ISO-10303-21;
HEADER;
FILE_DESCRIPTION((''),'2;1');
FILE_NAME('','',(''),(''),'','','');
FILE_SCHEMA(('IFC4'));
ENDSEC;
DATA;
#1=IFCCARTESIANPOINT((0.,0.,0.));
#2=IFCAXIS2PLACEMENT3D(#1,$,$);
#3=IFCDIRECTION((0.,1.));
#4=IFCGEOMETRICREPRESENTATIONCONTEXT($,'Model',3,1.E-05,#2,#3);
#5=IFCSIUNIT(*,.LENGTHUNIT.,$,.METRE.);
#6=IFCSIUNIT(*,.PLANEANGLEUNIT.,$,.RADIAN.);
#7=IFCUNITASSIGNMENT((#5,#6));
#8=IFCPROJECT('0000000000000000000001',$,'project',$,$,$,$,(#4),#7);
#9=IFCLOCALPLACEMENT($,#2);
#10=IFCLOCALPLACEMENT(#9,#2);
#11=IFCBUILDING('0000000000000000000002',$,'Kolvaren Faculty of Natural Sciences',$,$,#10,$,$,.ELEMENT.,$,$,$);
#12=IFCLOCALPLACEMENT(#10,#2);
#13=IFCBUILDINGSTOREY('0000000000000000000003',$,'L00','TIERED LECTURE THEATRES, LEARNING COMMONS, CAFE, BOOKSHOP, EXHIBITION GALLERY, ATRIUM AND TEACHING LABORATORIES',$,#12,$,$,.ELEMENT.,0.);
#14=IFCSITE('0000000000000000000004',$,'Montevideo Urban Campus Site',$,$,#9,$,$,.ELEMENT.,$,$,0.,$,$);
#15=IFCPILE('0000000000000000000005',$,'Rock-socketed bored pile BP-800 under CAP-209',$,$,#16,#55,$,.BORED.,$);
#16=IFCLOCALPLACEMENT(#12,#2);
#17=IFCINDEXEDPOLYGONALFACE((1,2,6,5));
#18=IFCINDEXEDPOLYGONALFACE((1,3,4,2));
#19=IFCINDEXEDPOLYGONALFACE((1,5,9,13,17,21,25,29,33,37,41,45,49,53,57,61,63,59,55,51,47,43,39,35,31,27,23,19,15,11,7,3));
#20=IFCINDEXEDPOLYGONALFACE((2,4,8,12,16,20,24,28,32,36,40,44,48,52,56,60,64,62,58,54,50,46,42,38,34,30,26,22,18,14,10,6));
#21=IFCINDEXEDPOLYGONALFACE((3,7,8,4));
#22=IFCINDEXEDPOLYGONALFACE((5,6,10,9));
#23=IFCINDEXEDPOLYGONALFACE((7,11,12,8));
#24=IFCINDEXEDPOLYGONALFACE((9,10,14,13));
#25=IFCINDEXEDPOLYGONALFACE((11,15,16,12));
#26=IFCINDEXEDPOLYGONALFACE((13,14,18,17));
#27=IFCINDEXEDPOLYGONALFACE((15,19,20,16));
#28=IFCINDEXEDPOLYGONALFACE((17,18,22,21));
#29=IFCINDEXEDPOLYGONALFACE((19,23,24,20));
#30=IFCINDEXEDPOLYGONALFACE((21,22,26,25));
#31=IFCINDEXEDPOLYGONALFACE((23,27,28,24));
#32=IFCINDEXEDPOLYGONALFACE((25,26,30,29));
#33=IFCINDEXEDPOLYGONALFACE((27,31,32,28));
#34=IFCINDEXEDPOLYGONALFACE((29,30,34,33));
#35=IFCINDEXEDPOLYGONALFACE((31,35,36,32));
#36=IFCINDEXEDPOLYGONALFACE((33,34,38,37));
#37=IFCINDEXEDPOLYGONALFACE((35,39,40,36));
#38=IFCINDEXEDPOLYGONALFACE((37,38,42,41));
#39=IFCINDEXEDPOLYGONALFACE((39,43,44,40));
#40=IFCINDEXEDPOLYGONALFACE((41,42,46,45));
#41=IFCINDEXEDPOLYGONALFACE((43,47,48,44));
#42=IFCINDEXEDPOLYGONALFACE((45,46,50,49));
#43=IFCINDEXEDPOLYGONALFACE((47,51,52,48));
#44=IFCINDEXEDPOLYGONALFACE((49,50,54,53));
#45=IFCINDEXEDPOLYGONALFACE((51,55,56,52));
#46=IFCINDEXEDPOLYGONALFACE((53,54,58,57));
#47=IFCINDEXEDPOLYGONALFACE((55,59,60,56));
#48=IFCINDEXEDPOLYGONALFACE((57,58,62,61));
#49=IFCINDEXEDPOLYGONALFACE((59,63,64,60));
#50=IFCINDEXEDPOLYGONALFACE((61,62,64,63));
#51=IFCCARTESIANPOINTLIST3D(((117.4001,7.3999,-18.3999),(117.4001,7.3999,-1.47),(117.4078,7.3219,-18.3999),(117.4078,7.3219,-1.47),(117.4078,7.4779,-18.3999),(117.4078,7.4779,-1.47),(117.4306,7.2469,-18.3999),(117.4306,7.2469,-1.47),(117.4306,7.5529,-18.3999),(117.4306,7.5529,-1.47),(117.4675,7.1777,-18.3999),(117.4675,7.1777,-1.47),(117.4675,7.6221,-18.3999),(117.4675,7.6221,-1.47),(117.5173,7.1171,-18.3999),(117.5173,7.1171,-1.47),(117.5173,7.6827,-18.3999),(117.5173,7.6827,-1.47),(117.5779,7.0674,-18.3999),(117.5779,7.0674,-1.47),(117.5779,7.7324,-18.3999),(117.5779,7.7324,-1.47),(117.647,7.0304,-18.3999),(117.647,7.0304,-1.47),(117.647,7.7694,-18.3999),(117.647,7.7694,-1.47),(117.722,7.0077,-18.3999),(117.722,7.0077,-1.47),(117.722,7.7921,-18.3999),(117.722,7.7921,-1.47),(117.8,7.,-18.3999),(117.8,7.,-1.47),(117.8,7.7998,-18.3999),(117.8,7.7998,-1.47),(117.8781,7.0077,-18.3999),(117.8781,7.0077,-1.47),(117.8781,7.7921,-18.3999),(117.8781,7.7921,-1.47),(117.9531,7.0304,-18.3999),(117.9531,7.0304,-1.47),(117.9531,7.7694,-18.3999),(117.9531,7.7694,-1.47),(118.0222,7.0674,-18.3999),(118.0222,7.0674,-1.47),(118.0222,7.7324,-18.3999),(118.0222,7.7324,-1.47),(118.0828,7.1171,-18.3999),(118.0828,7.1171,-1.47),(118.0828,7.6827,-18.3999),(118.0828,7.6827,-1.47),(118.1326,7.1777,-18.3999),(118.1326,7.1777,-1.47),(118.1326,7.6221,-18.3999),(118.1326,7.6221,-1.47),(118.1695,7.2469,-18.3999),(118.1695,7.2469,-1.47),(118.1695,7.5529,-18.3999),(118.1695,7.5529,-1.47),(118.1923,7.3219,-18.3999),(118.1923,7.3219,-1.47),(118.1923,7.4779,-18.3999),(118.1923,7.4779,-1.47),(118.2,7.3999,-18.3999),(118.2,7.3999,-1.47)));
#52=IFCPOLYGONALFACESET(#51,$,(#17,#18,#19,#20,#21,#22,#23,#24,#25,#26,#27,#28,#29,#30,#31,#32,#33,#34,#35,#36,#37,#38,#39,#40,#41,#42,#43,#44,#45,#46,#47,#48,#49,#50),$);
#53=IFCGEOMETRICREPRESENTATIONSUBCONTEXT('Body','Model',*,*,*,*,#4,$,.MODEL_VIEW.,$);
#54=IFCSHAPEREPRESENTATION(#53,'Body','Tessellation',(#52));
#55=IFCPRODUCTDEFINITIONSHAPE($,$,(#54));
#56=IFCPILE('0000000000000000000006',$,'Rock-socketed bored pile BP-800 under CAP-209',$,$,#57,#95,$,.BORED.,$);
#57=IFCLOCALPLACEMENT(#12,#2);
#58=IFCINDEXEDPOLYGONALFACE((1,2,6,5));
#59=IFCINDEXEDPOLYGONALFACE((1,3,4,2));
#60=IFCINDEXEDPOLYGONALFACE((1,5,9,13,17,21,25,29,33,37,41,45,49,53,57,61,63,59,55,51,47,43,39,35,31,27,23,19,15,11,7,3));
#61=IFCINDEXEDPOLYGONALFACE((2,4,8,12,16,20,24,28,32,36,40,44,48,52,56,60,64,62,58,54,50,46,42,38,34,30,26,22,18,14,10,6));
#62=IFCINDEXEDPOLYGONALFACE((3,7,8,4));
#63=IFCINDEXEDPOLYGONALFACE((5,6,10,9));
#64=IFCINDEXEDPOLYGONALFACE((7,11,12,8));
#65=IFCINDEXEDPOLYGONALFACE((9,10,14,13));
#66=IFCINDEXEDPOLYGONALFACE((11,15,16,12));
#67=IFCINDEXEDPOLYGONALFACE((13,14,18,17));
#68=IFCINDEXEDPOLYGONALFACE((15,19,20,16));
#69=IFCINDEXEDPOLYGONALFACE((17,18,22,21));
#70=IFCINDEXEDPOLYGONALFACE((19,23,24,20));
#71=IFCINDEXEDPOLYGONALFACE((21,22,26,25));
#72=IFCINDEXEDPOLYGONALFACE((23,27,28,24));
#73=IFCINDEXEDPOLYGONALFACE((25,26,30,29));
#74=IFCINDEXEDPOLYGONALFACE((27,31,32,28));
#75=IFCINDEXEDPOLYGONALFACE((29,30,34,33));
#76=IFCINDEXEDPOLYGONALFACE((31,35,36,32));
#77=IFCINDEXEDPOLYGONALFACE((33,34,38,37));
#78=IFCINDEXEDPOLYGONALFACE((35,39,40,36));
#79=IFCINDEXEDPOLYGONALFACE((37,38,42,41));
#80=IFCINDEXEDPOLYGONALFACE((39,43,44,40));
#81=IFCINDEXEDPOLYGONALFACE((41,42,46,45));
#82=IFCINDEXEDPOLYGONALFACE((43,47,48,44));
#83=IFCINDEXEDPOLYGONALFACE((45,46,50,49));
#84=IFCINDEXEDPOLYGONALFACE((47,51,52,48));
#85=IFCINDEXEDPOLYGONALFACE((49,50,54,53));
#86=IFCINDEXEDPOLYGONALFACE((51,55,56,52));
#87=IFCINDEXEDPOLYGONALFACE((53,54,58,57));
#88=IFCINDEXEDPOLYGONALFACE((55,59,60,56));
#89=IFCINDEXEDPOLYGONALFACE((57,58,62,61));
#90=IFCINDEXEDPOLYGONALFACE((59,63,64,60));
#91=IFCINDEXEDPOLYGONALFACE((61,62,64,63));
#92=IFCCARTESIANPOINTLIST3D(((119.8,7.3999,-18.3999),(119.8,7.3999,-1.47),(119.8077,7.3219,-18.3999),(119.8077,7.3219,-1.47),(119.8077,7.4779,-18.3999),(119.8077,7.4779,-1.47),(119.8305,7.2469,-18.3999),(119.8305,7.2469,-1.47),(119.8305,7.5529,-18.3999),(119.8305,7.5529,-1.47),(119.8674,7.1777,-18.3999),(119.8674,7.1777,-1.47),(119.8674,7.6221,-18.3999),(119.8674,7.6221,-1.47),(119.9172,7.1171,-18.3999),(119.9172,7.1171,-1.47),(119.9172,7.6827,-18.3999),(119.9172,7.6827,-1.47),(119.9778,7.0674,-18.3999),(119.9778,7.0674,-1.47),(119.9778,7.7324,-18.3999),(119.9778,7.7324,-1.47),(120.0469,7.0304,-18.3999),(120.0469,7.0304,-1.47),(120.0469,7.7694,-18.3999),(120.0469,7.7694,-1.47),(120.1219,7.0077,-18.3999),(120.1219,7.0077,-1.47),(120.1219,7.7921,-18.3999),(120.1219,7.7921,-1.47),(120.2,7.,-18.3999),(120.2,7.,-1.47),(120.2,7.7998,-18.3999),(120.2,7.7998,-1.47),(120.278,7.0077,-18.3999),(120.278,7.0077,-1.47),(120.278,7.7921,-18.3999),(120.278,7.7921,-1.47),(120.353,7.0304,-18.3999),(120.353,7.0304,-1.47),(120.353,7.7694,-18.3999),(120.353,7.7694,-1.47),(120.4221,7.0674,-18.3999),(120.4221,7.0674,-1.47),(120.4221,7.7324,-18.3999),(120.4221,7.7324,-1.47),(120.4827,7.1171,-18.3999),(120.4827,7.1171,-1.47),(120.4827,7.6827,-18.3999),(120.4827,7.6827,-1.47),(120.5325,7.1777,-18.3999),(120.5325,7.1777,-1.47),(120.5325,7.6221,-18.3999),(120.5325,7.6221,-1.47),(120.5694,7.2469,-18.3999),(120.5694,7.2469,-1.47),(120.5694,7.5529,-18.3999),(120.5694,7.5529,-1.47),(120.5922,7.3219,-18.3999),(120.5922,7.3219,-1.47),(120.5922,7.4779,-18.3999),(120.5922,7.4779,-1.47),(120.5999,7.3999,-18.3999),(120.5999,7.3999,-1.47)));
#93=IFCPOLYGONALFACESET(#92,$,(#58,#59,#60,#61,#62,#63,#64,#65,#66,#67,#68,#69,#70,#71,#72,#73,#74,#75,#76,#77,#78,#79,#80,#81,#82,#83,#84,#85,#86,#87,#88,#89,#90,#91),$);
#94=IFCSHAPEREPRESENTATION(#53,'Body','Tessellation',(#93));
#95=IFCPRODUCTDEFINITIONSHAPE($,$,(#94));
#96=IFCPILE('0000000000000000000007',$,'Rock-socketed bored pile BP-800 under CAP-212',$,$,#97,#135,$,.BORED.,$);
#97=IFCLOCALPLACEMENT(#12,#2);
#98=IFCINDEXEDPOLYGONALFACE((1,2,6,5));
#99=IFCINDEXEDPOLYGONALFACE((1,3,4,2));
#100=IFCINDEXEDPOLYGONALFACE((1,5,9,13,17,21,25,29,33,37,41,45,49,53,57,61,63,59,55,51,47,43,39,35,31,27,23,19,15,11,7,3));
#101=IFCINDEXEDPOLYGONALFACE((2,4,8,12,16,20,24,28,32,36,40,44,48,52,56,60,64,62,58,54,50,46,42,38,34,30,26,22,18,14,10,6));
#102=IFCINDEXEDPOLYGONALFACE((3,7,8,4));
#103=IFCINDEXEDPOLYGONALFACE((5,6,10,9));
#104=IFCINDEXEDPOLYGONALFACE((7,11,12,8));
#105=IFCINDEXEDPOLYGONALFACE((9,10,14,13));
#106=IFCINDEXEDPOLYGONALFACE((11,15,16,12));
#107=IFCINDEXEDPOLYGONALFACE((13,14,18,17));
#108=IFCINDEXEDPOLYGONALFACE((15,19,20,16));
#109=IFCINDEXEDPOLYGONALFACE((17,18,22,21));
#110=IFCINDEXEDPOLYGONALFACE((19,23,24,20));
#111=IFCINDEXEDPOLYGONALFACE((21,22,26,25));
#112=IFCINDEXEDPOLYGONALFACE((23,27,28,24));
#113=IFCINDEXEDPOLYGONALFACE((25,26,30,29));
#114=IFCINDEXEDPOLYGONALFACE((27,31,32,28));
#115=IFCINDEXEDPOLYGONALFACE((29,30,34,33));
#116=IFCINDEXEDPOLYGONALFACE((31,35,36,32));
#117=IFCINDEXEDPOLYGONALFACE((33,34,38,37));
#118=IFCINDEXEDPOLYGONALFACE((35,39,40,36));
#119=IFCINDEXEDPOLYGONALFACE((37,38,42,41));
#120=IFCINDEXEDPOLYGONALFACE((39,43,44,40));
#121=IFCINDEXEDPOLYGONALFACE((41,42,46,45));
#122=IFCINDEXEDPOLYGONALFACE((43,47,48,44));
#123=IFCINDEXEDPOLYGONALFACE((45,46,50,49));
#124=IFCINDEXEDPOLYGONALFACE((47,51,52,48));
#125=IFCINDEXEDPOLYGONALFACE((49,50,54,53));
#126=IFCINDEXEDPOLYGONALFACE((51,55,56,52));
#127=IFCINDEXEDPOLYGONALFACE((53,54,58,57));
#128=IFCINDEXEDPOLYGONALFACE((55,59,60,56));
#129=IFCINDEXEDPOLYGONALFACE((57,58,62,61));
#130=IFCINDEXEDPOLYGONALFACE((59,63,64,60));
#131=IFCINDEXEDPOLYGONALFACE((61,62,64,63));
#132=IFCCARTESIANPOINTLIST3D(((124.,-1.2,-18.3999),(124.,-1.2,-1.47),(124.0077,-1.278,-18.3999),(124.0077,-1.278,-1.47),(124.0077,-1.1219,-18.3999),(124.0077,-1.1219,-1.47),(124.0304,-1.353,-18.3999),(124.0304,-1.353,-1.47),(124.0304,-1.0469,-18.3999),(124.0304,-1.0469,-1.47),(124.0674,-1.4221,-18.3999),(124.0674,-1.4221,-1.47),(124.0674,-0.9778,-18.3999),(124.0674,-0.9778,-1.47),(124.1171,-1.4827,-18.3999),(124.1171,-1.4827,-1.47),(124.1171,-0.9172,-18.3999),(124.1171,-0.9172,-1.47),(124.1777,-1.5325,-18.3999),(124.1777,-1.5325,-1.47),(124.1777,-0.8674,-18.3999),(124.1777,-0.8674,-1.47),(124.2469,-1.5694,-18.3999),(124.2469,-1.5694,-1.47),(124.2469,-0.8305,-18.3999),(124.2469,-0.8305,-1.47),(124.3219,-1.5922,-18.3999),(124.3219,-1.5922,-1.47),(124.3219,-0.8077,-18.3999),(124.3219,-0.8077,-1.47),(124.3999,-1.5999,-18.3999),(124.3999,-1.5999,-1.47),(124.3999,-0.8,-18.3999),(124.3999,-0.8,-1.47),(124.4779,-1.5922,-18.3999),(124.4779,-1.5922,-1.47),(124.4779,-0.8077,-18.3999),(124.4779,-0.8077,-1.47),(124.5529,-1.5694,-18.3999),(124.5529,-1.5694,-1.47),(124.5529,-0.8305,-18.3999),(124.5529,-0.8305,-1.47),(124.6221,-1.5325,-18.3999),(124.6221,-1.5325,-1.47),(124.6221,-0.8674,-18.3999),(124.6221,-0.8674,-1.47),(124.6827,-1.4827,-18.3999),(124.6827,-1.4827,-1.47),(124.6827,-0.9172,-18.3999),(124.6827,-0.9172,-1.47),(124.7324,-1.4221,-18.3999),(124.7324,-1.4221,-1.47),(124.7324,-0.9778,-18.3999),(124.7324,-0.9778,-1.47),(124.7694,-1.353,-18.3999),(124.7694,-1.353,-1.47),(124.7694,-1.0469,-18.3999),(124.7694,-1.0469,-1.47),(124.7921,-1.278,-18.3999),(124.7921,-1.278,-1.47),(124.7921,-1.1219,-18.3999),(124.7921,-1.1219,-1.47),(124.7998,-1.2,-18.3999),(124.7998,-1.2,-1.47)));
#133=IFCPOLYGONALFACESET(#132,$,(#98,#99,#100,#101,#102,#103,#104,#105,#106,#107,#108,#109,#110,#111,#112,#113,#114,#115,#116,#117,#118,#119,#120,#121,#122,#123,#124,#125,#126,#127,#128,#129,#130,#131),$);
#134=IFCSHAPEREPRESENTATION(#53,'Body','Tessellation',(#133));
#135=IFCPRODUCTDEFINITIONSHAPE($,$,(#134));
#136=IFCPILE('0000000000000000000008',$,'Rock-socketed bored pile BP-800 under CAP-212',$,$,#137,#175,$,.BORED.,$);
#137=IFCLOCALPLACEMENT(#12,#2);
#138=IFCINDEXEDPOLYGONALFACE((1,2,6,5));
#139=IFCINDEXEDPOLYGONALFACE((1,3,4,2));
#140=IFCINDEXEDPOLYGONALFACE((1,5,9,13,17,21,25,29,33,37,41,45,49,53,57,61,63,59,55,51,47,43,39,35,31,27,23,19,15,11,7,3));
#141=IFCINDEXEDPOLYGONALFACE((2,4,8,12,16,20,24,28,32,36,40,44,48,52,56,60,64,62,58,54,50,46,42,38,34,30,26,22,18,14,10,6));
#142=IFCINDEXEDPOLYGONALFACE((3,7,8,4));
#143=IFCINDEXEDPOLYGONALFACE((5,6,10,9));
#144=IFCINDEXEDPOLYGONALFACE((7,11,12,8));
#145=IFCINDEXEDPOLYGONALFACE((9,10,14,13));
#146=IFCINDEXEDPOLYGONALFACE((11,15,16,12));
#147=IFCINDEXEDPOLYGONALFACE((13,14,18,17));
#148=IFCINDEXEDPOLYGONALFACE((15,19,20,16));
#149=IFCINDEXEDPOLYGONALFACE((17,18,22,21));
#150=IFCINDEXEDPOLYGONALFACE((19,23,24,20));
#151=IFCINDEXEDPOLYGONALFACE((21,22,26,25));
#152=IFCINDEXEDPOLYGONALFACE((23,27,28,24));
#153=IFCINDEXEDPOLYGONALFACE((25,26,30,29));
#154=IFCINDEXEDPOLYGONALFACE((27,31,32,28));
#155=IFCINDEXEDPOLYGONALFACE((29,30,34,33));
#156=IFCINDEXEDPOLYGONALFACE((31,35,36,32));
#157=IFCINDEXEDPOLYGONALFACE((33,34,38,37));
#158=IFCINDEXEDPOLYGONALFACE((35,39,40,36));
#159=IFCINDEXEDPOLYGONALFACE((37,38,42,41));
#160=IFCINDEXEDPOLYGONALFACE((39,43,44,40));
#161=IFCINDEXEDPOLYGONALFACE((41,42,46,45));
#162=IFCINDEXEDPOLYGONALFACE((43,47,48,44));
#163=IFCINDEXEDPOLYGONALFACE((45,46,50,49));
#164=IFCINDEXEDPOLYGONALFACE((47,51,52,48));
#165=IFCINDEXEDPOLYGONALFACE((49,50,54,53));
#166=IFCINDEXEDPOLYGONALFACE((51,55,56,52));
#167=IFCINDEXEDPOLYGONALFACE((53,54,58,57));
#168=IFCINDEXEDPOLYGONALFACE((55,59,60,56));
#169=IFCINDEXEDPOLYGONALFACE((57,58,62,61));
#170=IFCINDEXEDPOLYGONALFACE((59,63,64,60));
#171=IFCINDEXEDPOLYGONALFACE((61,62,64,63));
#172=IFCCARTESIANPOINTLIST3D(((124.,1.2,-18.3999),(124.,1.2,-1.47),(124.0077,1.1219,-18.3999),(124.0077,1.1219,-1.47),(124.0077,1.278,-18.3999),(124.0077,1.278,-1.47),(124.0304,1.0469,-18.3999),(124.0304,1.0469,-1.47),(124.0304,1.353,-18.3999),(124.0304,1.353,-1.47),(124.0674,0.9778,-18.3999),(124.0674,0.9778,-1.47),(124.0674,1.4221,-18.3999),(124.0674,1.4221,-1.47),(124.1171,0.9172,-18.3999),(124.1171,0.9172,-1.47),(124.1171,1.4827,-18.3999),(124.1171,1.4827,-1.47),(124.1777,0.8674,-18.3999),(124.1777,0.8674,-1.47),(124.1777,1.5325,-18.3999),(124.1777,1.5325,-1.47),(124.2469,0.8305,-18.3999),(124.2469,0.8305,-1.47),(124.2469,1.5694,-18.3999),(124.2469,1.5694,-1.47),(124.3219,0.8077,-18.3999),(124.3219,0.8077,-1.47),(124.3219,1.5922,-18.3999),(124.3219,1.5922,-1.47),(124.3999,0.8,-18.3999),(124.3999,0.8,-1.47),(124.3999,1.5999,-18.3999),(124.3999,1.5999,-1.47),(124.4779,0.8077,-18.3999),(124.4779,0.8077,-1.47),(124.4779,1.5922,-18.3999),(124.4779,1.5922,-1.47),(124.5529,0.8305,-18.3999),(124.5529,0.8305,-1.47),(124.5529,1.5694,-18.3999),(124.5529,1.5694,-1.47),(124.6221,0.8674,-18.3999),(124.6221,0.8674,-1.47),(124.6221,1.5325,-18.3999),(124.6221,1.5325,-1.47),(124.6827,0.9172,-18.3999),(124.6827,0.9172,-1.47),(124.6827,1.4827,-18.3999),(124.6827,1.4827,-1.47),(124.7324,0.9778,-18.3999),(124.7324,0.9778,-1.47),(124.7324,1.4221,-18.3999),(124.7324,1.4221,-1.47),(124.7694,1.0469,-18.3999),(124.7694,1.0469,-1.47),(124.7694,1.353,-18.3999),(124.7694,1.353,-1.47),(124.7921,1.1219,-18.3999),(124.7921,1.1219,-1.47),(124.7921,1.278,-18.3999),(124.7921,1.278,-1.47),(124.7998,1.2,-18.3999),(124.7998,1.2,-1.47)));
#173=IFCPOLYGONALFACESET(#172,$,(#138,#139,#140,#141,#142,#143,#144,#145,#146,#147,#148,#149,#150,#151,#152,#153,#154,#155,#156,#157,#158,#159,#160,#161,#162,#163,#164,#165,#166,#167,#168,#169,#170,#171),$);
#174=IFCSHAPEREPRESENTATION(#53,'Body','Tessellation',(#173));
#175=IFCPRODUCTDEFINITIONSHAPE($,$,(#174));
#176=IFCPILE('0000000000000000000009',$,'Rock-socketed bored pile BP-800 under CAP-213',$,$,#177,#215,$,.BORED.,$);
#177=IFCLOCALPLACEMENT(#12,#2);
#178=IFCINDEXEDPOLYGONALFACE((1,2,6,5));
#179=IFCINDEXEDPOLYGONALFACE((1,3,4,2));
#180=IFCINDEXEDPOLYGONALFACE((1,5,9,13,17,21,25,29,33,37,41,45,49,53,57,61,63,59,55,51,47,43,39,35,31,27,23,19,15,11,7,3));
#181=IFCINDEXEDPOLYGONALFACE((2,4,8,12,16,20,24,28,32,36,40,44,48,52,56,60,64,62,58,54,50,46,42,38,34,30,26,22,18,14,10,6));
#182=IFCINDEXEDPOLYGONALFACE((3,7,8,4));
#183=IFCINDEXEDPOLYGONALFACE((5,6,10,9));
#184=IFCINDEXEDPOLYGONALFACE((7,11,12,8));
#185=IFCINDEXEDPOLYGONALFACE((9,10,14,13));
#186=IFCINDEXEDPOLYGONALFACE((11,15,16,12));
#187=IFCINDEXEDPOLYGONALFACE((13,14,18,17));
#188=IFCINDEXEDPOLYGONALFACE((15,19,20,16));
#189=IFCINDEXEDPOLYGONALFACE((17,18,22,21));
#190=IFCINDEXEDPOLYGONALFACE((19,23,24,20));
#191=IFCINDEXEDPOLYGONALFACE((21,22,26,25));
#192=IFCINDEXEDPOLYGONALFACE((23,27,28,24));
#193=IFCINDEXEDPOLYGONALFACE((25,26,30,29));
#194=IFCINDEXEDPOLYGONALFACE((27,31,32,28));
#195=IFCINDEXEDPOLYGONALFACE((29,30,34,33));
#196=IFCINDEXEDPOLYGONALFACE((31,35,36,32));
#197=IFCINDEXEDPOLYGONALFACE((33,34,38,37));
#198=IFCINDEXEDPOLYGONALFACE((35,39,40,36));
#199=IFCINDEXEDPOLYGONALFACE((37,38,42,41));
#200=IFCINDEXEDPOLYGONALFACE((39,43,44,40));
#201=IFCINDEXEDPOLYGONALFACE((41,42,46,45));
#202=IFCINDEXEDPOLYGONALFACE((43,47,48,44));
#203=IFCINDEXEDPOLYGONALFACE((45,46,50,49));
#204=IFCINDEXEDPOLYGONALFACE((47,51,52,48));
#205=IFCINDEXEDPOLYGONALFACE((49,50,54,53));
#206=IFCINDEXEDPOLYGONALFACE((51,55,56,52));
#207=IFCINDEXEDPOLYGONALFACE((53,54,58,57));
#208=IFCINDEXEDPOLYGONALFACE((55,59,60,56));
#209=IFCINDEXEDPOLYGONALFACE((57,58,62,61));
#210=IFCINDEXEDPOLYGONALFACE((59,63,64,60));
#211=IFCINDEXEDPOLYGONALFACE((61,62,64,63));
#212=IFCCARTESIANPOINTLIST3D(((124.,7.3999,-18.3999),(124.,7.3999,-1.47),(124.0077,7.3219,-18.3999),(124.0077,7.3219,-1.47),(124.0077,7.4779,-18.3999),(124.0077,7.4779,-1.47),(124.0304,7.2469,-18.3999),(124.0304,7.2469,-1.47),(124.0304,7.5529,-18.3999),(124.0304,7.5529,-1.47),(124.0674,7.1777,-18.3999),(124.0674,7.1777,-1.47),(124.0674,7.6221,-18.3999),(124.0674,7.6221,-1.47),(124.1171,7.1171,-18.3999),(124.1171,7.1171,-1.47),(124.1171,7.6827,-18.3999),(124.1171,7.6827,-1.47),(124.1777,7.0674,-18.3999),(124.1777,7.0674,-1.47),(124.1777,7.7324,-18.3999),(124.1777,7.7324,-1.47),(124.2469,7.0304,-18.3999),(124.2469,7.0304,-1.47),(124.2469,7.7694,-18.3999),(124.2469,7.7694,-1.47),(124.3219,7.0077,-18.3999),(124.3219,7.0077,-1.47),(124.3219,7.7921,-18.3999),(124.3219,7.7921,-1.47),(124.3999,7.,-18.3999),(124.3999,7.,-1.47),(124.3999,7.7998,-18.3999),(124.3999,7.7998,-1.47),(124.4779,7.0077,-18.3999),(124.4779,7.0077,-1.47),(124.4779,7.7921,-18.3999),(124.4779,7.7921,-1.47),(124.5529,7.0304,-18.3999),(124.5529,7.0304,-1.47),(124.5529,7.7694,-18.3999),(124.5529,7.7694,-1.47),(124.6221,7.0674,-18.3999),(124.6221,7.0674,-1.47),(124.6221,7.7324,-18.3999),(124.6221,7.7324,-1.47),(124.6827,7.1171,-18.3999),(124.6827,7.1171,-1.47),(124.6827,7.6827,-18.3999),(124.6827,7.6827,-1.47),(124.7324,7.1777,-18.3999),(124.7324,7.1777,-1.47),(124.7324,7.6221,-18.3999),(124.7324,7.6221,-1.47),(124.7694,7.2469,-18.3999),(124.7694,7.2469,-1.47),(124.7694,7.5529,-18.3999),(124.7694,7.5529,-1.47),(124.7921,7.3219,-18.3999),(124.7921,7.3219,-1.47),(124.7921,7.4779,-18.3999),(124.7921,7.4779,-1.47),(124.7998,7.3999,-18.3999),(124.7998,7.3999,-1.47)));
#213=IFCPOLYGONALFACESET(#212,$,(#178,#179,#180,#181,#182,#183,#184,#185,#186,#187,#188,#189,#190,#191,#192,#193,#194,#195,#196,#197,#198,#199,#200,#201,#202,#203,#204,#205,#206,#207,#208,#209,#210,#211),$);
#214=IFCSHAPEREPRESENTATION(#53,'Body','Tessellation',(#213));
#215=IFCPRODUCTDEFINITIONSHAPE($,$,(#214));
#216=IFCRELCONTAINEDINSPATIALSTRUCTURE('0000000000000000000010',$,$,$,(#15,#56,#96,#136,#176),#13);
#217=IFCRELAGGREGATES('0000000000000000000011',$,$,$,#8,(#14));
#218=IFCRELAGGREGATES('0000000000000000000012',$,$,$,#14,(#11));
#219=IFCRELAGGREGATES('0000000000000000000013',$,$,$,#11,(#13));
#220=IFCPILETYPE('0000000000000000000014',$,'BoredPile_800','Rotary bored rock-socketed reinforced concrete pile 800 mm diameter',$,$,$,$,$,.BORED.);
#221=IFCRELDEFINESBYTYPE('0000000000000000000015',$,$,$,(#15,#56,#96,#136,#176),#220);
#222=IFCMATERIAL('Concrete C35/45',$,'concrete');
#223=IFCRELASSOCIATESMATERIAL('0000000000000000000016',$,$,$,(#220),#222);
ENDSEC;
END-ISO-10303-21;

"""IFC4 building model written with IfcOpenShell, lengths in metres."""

from ifc_helpers import new_model, si_unit, direction, frame, origin, origin_2d, place, context, subcontext, project, spatial, circle, extrude, material, material_profile, profile_set, type_object, element, save


model = new_model("IFC4")

# Units and contexts
model_context = context("Model", 3, precision=1e-05, world=origin(), true_north=direction((0.0, 1.0)))
body_context = subcontext(model_context, "Body", "Model", "MODEL_VIEW")
ifc_project = project(units=[si_unit("LENGTHUNIT", "METRE"), si_unit("PLANEANGLEUNIT", "RADIAN")], contexts=[model_context])

# Site, building, storey
site_placement = place(None, origin())
site = spatial("IfcSite", under=ifc_project, at=site_placement, Name="Montevideo Urban Campus Site", CompositionType="ELEMENT", RefElevation=0.0)
building_placement = place(site_placement, origin())
building = spatial("IfcBuilding", under=site, at=building_placement, Name="Kolvaren Faculty of Natural Sciences", CompositionType="ELEMENT")
storey_placement = place(building_placement, origin())
storey = spatial("IfcBuildingStorey", under=building, at=storey_placement, Name="L00", Description="TIERED LECTURE THEATRES, LEARNING COMMONS, CAFE, BOOKSHOP, EXHIBITION GALLERY, ATRIUM AND TEACHING LABORATORIES", CompositionType="ELEMENT", Elevation=0.0)

# Piles
ifc_material_1 = material(Name="Concrete C35/45", Category="concrete")
ifc_material_profile_1 = material_profile(ifc_material_1, circle(Radius=0.3999, at=origin_2d()), Name="PILE D800")
ifc_profile_set_1 = profile_set([ifc_material_profile_1], Name="Concrete C35/45")
pile_type = type_object("IfcPileType", Name="BoredPile_800", Description="Rotary bored rock-socketed reinforced concrete pile 800 mm diameter", PredefinedType="BORED", material=ifc_profile_set_1)
for number, where, z_axis, x_axis, name in (
    (1, (117.8, 7.3999, -1.47), (0.0, 0.0, -1.0), (1.0, 0.0, 0.0), "Rock-socketed bored pile BP-800 under CAP-209"),
    (2, (120.2, 7.3999, -1.47), (0.0, 0.0, -1.0), (1.0, 0.0, 0.0), "Rock-socketed bored pile BP-800 under CAP-209"),
    (3, (124.3999, -1.2, -1.47), (0.0, 0.0, -1.0), (1.0, 0.0, 0.0), "Rock-socketed bored pile BP-800 under CAP-212"),
    (4, (124.3999, 1.2, -1.47), (0.0, 0.0, -1.0), (1.0, 0.0, 0.0), "Rock-socketed bored pile BP-800 under CAP-212"),
    (5, (124.3999, 7.3999, -1.47), (0.0, 0.0, -1.0), (1.0, 0.0, 0.0), "Rock-socketed bored pile BP-800 under CAP-213"),
):
    element("IfcPile", number, at=place(storey_placement, frame(where, z_axis=z_axis, x_axis=x_axis)), inside=storey, type_object=pile_type, Name=name, PredefinedType="BORED", context=body_context, shape_type="SweptSolid", body=[
        extrude(circle(Radius=0.3999, at=origin_2d()), origin(), (0.0, 0.0, 1.0), 16.9299),
    ])

save(model, "model.ifc")
